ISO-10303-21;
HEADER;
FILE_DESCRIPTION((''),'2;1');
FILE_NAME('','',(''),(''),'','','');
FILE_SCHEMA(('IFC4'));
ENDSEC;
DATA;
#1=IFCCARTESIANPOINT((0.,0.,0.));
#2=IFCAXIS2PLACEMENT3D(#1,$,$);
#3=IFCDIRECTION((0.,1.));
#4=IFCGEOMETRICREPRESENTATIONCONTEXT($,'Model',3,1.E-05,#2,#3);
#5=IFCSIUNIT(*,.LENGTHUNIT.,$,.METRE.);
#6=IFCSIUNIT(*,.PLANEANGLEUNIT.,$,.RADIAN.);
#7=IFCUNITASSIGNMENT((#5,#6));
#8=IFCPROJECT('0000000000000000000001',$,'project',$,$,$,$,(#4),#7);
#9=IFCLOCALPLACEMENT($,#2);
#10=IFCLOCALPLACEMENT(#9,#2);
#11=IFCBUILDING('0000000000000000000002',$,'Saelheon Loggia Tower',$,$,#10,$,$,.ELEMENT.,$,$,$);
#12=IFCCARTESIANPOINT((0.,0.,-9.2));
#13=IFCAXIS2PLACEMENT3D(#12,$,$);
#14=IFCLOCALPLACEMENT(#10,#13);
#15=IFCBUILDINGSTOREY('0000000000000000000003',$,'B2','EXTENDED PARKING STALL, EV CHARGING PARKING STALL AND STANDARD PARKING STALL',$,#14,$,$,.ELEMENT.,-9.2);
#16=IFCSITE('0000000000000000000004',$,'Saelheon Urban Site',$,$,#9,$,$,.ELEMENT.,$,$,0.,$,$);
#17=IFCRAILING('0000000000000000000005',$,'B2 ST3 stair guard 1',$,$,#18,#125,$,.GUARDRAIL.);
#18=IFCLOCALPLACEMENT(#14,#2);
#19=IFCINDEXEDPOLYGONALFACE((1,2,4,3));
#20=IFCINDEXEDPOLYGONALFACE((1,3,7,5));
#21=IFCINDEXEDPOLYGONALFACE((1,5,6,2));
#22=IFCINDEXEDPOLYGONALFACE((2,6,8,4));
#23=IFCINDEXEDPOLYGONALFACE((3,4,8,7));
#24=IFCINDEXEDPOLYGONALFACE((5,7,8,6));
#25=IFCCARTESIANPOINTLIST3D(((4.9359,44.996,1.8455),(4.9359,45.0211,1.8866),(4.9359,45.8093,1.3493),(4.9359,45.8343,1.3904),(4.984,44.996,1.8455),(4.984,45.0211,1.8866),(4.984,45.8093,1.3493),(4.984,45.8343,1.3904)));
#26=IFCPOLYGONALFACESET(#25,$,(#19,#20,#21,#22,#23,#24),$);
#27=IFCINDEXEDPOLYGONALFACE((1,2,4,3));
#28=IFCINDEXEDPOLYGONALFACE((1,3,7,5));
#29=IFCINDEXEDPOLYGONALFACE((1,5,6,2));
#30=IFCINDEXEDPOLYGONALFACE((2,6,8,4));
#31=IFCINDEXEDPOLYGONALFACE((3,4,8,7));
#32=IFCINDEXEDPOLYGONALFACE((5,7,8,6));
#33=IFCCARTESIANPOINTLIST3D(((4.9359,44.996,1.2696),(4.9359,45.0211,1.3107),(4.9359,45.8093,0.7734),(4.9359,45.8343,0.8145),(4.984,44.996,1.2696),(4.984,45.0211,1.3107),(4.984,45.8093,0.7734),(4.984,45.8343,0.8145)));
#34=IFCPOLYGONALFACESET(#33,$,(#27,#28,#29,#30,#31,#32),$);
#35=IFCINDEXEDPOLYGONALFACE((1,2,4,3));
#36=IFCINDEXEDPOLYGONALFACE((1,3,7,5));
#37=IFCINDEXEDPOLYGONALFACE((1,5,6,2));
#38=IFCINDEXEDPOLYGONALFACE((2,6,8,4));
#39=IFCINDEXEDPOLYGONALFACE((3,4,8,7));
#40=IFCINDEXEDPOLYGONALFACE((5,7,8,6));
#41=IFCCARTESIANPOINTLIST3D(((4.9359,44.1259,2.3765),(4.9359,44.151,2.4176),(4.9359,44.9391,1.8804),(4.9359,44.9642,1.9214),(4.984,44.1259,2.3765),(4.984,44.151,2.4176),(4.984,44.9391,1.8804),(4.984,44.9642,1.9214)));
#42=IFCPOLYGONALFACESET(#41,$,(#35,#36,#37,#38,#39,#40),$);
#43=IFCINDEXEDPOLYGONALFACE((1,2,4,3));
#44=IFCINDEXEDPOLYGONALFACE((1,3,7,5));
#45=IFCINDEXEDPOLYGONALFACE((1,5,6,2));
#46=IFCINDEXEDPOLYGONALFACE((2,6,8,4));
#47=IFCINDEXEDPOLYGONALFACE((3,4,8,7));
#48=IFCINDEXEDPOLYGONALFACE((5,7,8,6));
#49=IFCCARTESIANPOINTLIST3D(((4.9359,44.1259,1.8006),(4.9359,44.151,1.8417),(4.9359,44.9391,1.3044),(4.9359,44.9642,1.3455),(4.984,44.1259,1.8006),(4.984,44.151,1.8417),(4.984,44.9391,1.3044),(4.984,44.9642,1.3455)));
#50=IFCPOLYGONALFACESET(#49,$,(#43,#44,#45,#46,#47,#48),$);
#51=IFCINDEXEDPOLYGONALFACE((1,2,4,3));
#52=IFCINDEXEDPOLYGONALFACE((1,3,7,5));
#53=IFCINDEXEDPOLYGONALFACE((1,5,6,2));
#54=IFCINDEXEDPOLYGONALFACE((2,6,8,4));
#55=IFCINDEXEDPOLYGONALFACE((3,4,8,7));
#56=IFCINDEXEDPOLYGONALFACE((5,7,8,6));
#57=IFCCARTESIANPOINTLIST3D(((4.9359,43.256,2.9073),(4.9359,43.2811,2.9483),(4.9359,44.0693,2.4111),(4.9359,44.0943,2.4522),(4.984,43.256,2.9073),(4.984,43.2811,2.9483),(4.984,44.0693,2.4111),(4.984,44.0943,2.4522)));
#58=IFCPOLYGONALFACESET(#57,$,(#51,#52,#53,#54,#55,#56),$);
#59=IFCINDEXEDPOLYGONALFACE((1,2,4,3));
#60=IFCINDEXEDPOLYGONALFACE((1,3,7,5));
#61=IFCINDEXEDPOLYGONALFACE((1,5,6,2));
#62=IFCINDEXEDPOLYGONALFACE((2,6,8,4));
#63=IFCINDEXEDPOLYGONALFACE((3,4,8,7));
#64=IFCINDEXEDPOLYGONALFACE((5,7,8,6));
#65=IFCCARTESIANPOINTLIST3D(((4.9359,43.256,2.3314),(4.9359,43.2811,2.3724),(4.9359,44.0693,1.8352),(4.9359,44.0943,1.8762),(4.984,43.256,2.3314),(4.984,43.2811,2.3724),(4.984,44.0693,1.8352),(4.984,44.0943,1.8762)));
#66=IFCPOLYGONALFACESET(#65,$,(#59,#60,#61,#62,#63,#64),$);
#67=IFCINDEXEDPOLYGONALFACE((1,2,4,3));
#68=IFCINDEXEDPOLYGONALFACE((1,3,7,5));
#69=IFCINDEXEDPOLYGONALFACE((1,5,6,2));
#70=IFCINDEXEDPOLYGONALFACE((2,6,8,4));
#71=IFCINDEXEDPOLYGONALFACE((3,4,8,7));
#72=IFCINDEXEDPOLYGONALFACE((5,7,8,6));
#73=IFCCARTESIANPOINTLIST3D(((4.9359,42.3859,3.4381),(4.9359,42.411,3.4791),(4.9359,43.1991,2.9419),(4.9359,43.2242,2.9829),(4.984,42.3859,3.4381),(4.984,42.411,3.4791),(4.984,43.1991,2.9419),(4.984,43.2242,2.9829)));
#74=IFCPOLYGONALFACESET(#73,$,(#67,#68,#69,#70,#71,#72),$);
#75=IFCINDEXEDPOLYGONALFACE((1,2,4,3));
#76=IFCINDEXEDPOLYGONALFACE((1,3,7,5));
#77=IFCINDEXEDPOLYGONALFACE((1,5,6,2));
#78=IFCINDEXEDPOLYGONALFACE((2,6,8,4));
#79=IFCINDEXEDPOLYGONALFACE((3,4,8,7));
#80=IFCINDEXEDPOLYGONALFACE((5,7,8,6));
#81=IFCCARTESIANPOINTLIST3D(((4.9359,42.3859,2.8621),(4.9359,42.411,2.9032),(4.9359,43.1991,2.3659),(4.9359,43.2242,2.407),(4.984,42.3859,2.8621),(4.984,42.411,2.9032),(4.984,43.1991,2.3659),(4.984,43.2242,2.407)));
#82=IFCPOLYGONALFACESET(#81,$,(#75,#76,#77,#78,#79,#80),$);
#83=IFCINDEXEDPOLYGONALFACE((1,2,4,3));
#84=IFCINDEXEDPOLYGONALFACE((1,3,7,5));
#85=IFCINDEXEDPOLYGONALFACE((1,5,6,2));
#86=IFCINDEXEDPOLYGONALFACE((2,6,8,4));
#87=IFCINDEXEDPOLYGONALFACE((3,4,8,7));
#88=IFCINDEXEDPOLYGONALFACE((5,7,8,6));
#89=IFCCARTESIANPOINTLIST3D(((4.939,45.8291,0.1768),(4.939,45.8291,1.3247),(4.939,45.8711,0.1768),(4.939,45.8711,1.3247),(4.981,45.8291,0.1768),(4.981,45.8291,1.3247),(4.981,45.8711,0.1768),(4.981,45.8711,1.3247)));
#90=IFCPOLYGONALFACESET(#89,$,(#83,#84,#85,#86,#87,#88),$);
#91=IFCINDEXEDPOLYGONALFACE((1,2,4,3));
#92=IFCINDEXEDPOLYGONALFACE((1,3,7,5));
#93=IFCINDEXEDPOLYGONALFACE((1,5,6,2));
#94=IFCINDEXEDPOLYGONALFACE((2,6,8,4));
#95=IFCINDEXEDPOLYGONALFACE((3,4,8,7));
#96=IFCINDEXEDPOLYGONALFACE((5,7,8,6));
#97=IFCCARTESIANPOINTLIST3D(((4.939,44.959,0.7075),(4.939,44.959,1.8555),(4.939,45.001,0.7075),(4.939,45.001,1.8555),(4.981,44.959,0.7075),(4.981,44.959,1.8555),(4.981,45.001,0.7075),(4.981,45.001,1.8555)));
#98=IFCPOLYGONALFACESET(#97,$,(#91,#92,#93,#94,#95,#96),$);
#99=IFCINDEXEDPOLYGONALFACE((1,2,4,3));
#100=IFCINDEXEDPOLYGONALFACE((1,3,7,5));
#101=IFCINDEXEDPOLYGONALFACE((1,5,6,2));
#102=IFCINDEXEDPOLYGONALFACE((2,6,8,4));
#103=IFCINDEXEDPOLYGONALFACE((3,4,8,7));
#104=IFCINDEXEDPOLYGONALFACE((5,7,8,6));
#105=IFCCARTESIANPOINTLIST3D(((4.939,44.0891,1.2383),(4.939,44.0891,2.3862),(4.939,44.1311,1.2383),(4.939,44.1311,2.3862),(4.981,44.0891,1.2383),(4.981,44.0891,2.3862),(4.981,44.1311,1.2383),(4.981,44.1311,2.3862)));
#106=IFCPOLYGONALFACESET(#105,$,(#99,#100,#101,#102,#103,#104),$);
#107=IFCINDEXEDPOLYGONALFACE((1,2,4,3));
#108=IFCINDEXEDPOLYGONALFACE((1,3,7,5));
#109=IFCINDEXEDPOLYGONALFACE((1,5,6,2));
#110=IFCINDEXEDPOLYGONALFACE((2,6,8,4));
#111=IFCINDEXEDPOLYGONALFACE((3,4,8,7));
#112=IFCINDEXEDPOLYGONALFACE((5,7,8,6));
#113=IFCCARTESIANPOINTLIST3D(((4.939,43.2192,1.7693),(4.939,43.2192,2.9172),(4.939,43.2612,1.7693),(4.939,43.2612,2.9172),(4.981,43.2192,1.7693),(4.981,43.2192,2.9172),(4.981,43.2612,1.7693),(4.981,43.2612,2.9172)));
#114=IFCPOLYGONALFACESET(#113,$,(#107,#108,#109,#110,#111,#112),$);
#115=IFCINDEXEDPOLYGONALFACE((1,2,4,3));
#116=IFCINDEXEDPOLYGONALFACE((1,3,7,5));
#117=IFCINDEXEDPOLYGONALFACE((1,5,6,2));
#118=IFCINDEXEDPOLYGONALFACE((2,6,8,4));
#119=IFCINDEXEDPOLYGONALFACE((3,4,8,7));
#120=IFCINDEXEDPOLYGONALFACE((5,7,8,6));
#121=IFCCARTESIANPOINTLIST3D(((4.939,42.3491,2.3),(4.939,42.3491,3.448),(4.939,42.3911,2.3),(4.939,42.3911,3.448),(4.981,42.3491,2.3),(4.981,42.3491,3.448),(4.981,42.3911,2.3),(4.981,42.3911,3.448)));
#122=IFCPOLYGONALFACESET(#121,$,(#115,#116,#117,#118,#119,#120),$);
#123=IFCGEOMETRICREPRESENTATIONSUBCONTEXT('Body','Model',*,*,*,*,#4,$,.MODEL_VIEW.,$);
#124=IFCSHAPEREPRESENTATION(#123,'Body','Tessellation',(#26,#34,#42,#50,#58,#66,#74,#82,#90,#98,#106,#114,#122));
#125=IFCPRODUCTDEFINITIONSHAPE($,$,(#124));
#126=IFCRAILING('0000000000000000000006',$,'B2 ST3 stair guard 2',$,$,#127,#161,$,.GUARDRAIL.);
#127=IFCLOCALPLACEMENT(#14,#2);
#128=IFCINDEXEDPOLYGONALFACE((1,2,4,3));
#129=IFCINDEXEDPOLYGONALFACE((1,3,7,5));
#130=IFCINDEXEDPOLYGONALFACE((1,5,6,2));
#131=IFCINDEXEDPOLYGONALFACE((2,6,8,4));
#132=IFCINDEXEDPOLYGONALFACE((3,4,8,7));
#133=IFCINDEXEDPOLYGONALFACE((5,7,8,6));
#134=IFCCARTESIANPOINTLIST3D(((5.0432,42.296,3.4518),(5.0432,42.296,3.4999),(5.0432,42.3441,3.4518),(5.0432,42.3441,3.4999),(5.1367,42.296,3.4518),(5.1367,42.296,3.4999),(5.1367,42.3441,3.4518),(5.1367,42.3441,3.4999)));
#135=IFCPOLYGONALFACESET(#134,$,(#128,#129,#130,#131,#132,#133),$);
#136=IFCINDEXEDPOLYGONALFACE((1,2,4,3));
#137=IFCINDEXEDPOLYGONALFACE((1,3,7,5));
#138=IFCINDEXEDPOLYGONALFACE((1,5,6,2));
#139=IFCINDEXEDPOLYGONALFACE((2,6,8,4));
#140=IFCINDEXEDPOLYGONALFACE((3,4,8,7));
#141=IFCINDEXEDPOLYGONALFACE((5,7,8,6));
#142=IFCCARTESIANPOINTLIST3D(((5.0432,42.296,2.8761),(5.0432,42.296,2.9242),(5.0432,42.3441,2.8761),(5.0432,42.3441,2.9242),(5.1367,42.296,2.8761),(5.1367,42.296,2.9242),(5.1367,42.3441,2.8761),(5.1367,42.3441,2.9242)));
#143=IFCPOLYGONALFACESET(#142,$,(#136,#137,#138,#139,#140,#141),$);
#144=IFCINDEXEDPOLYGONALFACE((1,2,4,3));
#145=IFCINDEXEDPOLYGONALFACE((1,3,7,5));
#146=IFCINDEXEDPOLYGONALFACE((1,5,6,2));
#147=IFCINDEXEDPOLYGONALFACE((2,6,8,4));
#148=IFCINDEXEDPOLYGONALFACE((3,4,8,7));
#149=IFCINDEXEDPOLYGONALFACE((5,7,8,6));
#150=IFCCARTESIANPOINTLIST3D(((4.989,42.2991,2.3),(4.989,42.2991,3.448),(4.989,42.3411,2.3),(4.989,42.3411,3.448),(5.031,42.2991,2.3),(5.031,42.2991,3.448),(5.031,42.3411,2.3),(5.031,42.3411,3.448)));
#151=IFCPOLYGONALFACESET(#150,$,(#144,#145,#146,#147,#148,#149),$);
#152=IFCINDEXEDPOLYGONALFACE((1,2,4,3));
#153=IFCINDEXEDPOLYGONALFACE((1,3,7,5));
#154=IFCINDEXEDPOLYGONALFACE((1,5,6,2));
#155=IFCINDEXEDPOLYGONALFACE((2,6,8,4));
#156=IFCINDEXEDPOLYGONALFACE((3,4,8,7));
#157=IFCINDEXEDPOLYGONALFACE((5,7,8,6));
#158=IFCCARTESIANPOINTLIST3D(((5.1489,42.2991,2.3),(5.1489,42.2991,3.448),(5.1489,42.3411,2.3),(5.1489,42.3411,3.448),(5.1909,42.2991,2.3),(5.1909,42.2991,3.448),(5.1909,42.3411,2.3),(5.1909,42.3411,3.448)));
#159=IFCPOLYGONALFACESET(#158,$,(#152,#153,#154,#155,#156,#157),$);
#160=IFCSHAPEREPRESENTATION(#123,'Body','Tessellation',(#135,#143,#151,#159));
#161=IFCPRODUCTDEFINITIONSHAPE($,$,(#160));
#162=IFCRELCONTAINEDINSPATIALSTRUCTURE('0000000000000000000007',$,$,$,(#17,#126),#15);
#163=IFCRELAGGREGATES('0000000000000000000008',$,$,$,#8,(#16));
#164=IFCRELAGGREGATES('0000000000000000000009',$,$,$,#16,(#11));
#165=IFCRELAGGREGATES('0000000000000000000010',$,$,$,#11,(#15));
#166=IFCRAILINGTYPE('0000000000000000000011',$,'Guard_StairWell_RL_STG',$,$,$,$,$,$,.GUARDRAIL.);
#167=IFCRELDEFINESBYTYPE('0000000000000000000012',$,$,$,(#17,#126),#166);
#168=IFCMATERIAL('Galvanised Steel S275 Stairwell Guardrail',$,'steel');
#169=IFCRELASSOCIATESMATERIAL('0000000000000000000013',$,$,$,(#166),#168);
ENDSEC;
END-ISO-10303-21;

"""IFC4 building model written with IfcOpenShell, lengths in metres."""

from ifc_helpers import new_model, si_unit, direction, frame, origin, origin_2d, place, context, subcontext, project, spatial, rectangle, extrude, material, type_object, element, save


model = new_model("IFC4")

# Units and contexts
model_context = context("Model", 3, precision=1e-05, world=origin(), true_north=direction((0.0, 1.0)))
body_context = subcontext(model_context, "Body", "Model", "MODEL_VIEW")
ifc_project = project(units=[si_unit("LENGTHUNIT", "METRE"), si_unit("PLANEANGLEUNIT", "RADIAN")], contexts=[model_context])

# Site, building, storey
site_placement = place(None, origin())
site = spatial("IfcSite", under=ifc_project, at=site_placement, Name="Saelheon Urban Site", CompositionType="ELEMENT", RefElevation=0.0)
building_placement = place(site_placement, origin())
building = spatial("IfcBuilding", under=site, at=building_placement, Name="Saelheon Loggia Tower", CompositionType="ELEMENT")
storey_placement = place(building_placement, frame((0.0, 0.0, -9.2)))
storey = spatial("IfcBuildingStorey", under=building, at=storey_placement, Name="B2", Description="EXTENDED PARKING STALL, EV CHARGING PARKING STALL AND STANDARD PARKING STALL", CompositionType="ELEMENT", Elevation=-9.2)

# Railings
ifc_material_1 = material(Name="Galvanised Steel S275 Stairwell Guardrail", Category="steel")
railing_type_1 = type_object("IfcRailingType", Name="Guard_StairWell_RL_STG", PredefinedType="GUARDRAIL", material=ifc_material_1)
railing_1_placement = place(storey_placement, frame((4.96, 45.8501, 0.1768)))
element("IfcRailing", 1, at=railing_1_placement, inside=storey, type_object=railing_type_1, Name="B2 ST3 stair guard 1", PredefinedType="GUARDRAIL", context=body_context, shape_type="SweptSolid", body=[
    extrude(rectangle(XDim=0.0481, YDim=0.0481, at=origin_2d()), frame((0.0, -0.0283, 1.1931), z_axis=(0.0, -0.853649, 0.520849), x_axis=(1.0, 0.0, 0.0)), (0.0, 0.0, 1.0), 0.9526),
    extrude(rectangle(XDim=0.0481, YDim=0.0481, at=origin_2d()), frame((0.0, -0.0283, 0.6172), z_axis=(0.0, -0.853649, 0.520849), x_axis=(1.0, 0.0, 0.0)), (0.0, 0.0, 1.0), 0.9526),
    extrude(rectangle(XDim=0.0481, YDim=0.0481, at=origin_2d()), frame((0.0, -0.8984, 1.7241), z_axis=(0.0, -0.853649, 0.520849), x_axis=(1.0, 0.0, 0.0)), (0.0, 0.0, 1.0), 0.9526),
    extrude(rectangle(XDim=0.0481, YDim=0.0481, at=origin_2d()), frame((0.0, -0.8984, 1.1482), z_axis=(0.0, -0.853649, 0.520849), x_axis=(1.0, 0.0, 0.0)), (0.0, 0.0, 1.0), 0.9526),
    extrude(rectangle(XDim=0.0481, YDim=0.0481, at=origin_2d()), frame((0.0, -1.7683, 2.2549), z_axis=(0.0, -0.853649, 0.520849), x_axis=(1.0, 0.0, 0.0)), (0.0, 0.0, 1.0), 0.9526),
    extrude(rectangle(XDim=0.0481, YDim=0.0481, at=origin_2d()), frame((0.0, -1.7683, 1.679), z_axis=(0.0, -0.853649, 0.520849), x_axis=(1.0, 0.0, 0.0)), (0.0, 0.0, 1.0), 0.9526),
    extrude(rectangle(XDim=0.0481, YDim=0.0481, at=origin_2d()), frame((0.0, -2.6384, 2.7856), z_axis=(0.0, -0.853649, 0.520849), x_axis=(1.0, 0.0, 0.0)), (0.0, 0.0, 1.0), 0.9526),
    extrude(rectangle(XDim=0.0481, YDim=0.0481, at=origin_2d()), frame((0.0, -2.6384, 2.2097), z_axis=(0.0, -0.853649, 0.520849), x_axis=(1.0, 0.0, 0.0)), (0.0, 0.0, 1.0), 0.9526),
    extrude(rectangle(XDim=0.042, YDim=0.042, at=origin_2d()), origin(), (0.0, 0.0, 1.0), 1.1479),
    extrude(rectangle(XDim=0.042, YDim=0.042, at=origin_2d()), frame((0.0, -0.8701, 0.5308)), (0.0, 0.0, 1.0), 1.1479),
    extrude(rectangle(XDim=0.042, YDim=0.042, at=origin_2d()), frame((0.0, -1.74, 1.0615)), (0.0, 0.0, 1.0), 1.1479),
    extrude(rectangle(XDim=0.042, YDim=0.042, at=origin_2d()), frame((0.0, -2.6099, 1.5925)), (0.0, 0.0, 1.0), 1.1479),
    extrude(rectangle(XDim=0.042, YDim=0.042, at=origin_2d()), frame((0.0, -3.48, 2.1233)), (0.0, 0.0, 1.0), 1.1479),
])
railing_2_placement = place(storey_placement, frame((5.01, 42.3201, 2.3)))
element("IfcRailing", 2, at=railing_2_placement, inside=storey, type_object=railing_type_1, Name="B2 ST3 stair guard 2", PredefinedType="GUARDRAIL", context=body_context, shape_type="SweptSolid", body=[
    extrude(rectangle(XDim=0.0481, YDim=0.0481, at=origin_2d()), frame((0.0332, 0.0, 1.1758), z_axis=(1.0, 0.0, 0.0), x_axis=(0.0, 1.0, 0.0)), (0.0, 0.0, 1.0), 0.0935),
    extrude(rectangle(XDim=0.0481, YDim=0.0481, at=origin_2d()), frame((0.0332, 0.0, 0.6001), z_axis=(1.0, 0.0, 0.0), x_axis=(0.0, 1.0, 0.0)), (0.0, 0.0, 1.0), 0.0935),
    extrude(rectangle(XDim=0.042, YDim=0.042, at=origin_2d()), origin(), (0.0, 0.0, 1.0), 1.1479),
    extrude(rectangle(XDim=0.042, YDim=0.042, at=origin_2d()), frame((0.1599, 0.0, 0.0)), (0.0, 0.0, 1.0), 1.1479),
])

save(model, "model.ifc")
